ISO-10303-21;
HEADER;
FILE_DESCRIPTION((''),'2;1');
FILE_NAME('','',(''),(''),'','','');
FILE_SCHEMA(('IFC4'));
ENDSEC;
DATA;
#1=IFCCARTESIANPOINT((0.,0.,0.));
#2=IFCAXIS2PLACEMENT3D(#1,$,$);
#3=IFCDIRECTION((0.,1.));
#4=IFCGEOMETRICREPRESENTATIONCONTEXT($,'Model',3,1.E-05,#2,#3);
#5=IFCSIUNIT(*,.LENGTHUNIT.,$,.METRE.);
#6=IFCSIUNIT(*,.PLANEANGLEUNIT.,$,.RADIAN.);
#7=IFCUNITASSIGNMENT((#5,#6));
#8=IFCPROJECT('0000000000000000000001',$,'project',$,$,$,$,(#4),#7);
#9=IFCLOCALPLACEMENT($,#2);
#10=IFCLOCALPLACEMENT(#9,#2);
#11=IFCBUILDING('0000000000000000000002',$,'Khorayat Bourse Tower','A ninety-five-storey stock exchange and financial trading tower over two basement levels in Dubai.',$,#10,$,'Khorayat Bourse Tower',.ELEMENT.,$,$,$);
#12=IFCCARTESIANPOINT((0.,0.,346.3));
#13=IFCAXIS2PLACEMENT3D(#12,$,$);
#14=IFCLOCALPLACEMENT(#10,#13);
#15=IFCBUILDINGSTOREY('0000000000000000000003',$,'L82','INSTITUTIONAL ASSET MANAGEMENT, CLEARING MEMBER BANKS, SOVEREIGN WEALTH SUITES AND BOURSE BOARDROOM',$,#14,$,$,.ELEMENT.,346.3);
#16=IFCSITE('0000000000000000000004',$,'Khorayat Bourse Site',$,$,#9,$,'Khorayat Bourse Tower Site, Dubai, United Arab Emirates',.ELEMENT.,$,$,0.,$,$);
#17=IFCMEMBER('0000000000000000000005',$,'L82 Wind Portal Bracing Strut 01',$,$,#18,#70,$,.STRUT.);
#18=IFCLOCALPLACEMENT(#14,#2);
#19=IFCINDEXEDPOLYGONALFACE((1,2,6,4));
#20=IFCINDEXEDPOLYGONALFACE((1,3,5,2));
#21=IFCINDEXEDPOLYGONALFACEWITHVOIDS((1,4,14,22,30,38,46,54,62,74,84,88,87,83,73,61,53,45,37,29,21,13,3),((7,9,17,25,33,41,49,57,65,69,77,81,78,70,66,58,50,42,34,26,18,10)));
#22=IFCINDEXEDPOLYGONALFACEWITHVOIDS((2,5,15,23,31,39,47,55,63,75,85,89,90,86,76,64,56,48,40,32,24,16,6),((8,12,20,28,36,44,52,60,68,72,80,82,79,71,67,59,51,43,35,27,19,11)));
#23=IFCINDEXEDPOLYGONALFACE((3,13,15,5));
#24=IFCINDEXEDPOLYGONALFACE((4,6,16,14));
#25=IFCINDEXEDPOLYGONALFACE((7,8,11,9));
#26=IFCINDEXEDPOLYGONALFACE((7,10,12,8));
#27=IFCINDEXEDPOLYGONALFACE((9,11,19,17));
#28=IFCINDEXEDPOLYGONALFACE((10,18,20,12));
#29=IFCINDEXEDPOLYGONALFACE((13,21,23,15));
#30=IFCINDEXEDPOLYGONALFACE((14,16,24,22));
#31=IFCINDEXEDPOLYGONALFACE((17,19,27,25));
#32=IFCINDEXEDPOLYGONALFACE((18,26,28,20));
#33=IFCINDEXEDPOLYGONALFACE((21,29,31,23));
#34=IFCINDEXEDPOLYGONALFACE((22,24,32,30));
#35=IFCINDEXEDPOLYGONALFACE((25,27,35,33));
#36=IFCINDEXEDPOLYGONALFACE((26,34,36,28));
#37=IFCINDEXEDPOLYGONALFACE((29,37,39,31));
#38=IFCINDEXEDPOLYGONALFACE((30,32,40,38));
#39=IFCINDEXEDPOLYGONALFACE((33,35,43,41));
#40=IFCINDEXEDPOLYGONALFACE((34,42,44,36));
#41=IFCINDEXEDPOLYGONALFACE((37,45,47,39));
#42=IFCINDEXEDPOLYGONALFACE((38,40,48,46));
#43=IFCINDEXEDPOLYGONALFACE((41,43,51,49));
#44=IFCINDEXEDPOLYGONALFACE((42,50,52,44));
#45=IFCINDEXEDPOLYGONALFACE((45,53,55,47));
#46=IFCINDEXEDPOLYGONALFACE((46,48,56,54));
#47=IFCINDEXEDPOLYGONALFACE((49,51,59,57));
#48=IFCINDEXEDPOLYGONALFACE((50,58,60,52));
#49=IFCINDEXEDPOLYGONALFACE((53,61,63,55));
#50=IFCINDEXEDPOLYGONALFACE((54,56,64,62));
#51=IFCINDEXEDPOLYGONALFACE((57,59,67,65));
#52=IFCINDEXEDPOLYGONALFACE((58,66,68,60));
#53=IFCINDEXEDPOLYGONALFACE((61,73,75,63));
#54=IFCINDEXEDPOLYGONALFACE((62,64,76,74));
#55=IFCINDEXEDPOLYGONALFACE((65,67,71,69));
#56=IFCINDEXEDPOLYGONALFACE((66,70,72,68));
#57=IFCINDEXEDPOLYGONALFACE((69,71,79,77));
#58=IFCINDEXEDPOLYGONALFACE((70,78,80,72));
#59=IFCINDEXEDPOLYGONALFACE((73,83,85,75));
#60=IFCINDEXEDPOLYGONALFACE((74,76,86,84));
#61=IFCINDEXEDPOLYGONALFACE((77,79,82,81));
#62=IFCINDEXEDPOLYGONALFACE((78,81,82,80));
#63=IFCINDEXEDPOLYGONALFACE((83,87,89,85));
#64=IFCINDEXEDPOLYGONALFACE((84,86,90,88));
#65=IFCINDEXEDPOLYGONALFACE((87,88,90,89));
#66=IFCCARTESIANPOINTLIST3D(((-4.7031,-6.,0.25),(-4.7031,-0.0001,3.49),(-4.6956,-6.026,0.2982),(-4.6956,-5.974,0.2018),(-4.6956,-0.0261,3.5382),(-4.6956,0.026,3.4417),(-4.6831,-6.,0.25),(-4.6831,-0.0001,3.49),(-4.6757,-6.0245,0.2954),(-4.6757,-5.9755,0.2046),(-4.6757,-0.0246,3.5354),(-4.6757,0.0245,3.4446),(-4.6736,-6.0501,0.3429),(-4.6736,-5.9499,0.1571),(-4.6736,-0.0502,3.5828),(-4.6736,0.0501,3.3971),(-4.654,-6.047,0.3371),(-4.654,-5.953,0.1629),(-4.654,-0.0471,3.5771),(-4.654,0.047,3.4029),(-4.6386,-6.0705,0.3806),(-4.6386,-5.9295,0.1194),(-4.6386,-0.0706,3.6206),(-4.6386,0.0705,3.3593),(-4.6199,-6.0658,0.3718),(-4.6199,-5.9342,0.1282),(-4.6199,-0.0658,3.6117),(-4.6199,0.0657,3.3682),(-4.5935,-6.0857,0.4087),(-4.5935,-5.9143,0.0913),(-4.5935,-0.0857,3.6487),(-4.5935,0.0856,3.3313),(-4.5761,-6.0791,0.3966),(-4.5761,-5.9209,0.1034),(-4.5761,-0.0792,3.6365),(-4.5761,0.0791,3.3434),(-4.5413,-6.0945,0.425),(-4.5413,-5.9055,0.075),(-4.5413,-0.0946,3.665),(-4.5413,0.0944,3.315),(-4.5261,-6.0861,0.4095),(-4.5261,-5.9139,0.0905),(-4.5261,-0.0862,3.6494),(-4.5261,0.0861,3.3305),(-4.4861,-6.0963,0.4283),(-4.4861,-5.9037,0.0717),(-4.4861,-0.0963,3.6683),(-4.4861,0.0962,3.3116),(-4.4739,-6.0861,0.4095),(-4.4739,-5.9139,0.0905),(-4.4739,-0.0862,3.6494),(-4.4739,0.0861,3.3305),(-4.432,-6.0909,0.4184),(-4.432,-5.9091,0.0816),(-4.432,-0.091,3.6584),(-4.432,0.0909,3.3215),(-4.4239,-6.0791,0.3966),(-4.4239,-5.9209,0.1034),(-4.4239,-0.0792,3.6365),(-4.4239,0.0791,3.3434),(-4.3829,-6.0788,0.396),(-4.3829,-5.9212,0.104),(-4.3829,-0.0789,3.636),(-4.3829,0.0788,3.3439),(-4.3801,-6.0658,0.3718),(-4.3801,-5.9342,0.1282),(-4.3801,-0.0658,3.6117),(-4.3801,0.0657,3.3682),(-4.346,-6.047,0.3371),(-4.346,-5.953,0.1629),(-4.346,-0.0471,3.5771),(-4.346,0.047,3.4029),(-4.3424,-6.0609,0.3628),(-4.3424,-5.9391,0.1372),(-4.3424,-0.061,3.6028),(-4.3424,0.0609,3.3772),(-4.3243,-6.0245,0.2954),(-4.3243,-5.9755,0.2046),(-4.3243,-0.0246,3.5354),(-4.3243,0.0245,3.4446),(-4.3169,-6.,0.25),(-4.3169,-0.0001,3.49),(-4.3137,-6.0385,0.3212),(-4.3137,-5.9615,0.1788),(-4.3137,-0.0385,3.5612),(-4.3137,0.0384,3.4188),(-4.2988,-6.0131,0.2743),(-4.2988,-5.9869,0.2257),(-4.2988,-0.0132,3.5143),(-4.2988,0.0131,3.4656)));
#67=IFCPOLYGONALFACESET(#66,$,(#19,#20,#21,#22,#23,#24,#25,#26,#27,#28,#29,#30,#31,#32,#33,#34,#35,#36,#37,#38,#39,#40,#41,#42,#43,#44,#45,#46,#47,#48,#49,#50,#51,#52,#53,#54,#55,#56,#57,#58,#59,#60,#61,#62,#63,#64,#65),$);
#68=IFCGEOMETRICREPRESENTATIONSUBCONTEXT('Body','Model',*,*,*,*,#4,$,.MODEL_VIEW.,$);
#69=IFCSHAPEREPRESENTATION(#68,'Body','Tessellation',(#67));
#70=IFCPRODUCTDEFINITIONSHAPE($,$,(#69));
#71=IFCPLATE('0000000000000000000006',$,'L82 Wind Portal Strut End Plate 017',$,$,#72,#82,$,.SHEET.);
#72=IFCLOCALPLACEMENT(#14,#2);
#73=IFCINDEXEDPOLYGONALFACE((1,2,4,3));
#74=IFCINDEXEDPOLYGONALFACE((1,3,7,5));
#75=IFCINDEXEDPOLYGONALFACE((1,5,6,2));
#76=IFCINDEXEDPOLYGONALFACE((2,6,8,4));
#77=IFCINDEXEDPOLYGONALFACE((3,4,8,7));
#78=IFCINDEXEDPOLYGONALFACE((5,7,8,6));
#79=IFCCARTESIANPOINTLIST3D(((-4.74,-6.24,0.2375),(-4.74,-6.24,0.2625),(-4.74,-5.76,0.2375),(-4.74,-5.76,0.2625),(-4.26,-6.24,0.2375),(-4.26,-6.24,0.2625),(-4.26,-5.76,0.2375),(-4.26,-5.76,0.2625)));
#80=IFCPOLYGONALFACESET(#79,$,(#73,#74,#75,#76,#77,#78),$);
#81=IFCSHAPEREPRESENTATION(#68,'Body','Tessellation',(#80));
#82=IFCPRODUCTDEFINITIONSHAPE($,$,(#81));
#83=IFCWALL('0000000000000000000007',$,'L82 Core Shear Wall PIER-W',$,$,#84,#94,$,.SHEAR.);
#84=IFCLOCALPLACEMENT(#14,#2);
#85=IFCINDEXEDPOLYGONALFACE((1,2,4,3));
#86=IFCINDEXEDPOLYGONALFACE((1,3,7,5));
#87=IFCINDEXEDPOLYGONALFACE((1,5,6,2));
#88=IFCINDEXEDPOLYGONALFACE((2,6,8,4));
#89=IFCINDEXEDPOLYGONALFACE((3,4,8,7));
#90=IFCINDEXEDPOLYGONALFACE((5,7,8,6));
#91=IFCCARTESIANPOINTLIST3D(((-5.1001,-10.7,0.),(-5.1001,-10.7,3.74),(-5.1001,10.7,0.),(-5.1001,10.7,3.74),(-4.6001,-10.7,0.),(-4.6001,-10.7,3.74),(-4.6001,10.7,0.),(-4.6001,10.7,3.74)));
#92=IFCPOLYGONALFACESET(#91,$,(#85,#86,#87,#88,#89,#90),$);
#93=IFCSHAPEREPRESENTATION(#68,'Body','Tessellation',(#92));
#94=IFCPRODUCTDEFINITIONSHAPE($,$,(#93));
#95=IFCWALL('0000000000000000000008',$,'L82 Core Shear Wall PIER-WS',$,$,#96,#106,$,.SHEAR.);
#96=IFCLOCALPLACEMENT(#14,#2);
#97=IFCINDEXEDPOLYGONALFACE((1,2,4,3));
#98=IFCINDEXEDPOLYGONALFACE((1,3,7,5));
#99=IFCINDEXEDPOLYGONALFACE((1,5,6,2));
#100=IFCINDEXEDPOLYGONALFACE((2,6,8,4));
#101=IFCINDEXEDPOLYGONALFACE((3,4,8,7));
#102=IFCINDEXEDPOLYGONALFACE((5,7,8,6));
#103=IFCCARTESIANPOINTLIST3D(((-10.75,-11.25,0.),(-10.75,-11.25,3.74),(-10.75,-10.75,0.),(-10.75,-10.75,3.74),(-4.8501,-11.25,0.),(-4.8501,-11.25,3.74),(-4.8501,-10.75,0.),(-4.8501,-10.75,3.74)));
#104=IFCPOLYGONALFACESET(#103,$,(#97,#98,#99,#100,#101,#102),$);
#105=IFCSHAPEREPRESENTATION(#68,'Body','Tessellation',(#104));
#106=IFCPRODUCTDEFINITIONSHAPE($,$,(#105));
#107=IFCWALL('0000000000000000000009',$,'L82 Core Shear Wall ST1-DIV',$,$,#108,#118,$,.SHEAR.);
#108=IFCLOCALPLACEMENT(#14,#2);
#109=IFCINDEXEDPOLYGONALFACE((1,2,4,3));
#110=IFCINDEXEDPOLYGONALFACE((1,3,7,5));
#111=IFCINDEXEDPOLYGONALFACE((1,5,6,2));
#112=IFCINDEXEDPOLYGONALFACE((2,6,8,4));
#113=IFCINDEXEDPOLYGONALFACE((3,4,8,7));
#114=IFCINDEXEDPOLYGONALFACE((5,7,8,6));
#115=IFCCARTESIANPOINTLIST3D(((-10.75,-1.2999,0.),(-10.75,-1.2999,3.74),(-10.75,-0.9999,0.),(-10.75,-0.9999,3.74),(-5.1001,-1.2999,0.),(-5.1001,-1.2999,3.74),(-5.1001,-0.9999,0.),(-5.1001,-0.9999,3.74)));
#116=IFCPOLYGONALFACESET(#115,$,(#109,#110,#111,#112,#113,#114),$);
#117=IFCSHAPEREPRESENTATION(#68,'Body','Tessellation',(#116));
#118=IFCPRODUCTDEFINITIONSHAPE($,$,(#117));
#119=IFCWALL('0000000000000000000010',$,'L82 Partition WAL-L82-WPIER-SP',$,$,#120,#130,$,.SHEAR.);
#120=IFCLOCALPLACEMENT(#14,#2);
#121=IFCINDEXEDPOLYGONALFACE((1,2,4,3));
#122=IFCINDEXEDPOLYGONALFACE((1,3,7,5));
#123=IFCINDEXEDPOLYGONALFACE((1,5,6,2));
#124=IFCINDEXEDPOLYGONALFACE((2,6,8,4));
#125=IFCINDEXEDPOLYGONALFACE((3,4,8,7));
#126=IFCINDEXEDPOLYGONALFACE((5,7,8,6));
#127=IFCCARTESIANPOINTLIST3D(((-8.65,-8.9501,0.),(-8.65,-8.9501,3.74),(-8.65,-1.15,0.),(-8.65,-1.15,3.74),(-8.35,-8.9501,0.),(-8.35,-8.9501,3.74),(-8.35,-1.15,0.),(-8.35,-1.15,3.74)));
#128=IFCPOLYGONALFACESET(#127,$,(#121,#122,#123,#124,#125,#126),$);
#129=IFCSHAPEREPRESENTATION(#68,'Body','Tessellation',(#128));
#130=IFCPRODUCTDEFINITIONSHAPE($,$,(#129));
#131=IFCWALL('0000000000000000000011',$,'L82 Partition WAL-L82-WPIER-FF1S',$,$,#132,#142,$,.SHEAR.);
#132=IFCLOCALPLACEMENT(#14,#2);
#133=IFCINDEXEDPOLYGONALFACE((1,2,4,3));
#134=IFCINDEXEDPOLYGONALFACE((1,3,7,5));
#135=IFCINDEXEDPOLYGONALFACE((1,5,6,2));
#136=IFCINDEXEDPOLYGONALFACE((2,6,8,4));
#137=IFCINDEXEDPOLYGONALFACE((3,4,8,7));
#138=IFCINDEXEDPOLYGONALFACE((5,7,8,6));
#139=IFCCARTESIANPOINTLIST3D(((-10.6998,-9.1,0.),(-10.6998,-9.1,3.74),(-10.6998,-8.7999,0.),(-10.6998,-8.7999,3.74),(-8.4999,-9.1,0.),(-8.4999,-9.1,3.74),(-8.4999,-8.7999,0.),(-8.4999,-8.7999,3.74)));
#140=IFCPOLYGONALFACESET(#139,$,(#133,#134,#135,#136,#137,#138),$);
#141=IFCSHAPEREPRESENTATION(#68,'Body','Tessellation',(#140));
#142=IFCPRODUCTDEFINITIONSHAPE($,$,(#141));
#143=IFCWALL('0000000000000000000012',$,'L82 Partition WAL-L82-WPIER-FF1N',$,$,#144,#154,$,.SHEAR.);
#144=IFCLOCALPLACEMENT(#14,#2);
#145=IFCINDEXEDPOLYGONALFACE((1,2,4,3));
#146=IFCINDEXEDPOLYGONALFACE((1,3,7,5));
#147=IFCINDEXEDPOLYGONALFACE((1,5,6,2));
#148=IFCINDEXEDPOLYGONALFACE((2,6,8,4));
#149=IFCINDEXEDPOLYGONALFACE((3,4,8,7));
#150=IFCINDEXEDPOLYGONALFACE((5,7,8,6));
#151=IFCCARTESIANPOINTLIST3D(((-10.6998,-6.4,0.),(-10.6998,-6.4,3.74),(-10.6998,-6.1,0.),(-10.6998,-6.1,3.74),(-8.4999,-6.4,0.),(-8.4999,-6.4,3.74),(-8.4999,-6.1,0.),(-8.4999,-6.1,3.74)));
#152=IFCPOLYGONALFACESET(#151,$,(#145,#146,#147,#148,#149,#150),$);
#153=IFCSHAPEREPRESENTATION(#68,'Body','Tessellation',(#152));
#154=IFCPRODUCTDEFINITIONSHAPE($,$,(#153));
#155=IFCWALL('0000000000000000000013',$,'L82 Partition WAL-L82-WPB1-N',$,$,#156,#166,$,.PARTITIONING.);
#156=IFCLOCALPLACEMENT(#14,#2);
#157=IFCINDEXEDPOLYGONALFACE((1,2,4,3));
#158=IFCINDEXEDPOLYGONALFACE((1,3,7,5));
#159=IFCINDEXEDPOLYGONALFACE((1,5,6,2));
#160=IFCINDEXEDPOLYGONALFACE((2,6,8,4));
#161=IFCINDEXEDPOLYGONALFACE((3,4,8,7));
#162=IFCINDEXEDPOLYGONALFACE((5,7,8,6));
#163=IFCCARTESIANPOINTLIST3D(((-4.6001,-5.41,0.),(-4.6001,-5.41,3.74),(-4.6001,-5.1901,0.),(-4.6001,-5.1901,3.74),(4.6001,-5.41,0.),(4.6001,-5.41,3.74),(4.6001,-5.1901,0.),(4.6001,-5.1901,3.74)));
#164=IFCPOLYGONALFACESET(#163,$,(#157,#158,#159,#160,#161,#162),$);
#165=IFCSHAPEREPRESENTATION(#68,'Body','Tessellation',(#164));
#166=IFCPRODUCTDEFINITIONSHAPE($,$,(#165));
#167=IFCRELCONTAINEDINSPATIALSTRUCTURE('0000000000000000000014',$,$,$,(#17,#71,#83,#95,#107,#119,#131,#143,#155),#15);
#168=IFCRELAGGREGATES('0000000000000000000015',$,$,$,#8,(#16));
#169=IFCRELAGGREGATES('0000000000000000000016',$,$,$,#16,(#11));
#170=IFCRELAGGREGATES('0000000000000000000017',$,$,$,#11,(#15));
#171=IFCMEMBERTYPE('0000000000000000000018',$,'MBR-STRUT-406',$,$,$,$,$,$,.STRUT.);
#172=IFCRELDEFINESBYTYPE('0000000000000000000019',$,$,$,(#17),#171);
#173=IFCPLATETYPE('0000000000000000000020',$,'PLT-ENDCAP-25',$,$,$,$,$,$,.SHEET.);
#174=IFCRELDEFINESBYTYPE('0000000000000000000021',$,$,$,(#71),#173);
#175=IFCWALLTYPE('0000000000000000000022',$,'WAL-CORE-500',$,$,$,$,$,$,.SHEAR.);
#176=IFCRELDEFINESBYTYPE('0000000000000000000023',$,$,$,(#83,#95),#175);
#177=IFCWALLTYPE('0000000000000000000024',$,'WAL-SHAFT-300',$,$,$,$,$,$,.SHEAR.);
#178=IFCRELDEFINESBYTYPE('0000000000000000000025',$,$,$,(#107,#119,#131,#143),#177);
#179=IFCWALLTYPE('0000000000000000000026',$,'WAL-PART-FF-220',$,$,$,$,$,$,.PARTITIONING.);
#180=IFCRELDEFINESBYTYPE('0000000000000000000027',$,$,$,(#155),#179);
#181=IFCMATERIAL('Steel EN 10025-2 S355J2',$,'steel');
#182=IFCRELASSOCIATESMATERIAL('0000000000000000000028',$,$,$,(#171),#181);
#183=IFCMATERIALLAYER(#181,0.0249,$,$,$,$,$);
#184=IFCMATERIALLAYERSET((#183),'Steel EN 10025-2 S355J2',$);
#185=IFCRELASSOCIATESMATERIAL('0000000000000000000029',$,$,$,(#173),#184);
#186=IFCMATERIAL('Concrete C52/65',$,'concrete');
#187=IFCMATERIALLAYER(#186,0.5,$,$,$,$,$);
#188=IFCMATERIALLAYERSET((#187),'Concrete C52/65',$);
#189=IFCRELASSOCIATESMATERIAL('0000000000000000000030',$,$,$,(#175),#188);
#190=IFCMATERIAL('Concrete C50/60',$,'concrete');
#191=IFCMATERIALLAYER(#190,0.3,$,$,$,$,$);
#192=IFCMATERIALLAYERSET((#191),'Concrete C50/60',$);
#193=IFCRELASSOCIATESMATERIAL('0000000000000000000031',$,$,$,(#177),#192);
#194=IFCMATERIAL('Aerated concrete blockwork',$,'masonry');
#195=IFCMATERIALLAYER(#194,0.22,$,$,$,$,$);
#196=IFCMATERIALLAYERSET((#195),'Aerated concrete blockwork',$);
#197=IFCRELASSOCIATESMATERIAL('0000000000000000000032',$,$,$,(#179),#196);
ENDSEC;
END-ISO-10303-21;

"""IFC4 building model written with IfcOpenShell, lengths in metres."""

from ifc_helpers import new_model, si_unit, direction, frame, frame_2d, origin, origin_2d, place, context, subcontext, project, spatial, rectangle, hollow_circle, extrude, source, transform, mapped, material, layer, layer_set, material_profile, profile_set, type_object, element, save


model = new_model("IFC4")

# Units and contexts
model_context = context("Model", 3, precision=1e-05, world=origin(), true_north=direction((0.0, 1.0)))
body_context = subcontext(model_context, "Body", "Model", "MODEL_VIEW")
ifc_project = project(units=[si_unit("LENGTHUNIT", "METRE"), si_unit("PLANEANGLEUNIT", "RADIAN")], contexts=[model_context])

# Site, building, storey
site_placement = place(None, origin())
site = spatial("IfcSite", under=ifc_project, at=site_placement, Name="Khorayat Bourse Site", LongName="Khorayat Bourse Tower Site, Dubai, United Arab Emirates", CompositionType="ELEMENT", RefElevation=0.0)
building_placement = place(site_placement, origin())
building = spatial("IfcBuilding", under=site, at=building_placement, Name="Khorayat Bourse Tower", Description="A ninety-five-storey stock exchange and financial trading tower over two basement levels in Dubai.", LongName="Khorayat Bourse Tower", CompositionType="ELEMENT")
storey_placement = place(building_placement, frame((0.0, 0.0, 346.3)))
storey = spatial("IfcBuildingStorey", under=building, at=storey_placement, Name="L82", Description="INSTITUTIONAL ASSET MANAGEMENT, CLEARING MEMBER BANKS, SOVEREIGN WEALTH SUITES AND BOURSE BOARDROOM", CompositionType="ELEMENT", Elevation=346.3)

# Shared definitions
ifc_material_1 = material(Name="Concrete C52/65", Category="concrete")

# Member
ifc_material_2 = material(Name="Steel EN 10025-2 S355J2", Category="steel")
ifc_material_profile_1 = material_profile(ifc_material_2, hollow_circle(Radius=0.2031, WallThickness=0.02, at=origin_2d()), Name="CHS 406x20")
ifc_profile_set_1 = profile_set([ifc_material_profile_1], Name="Steel EN 10025-2 S355J2")
member_type = type_object("IfcMemberType", Name="MBR-STRUT-406", PredefinedType="STRUT", material=ifc_profile_set_1)
shared_shape_1 = source(origin(), body_context, "Body", "SweptSolid", [
    extrude(hollow_circle(Radius=0.2031, WallThickness=0.02, at=origin_2d()), origin(), (0.0, 0.0, 1.0), 6.8188),
])
member_placement = place(storey_placement, frame((-4.5, -6.0, 0.25), z_axis=(0.0, 0.879906, 0.475148), x_axis=(-1.0, 0.0, 0.0)))
element("IfcMember", 1, at=member_placement, inside=storey, type_object=member_type, Name="L82 Wind Portal Bracing Strut 01", PredefinedType="STRUT", context=body_context, shape_type="MappedRepresentation", body=[
    mapped(shared_shape_1, transform((0.0, 0.0, 0.0), scale=1.0)),
])

# Plate
ifc_layer_1 = layer(ifc_material_2, 0.0249)
ifc_layer_set_1 = layer_set([ifc_layer_1], Name="Steel EN 10025-2 S355J2")
plate_type = type_object("IfcPlateType", Name="PLT-ENDCAP-25", PredefinedType="SHEET", material=ifc_layer_set_1)
shared_shape_2 = source(origin(), body_context, "Body", "SweptSolid", [
    extrude(rectangle(XDim=0.48, YDim=0.48, at=origin_2d()), origin(), (0.0, 0.0, 1.0), 0.0249),
])
plate_placement = place(storey_placement, frame((-4.5, -6.0, 0.2375), z_axis=(0.0, 0.0, 1.0), x_axis=(1.0, 0.0, 0.0)))
element("IfcPlate", 2, at=plate_placement, inside=storey, type_object=plate_type, Name="L82 Wind Portal Strut End Plate 017", PredefinedType="SHEET", context=body_context, shape_type="MappedRepresentation", body=[
    mapped(shared_shape_2, transform((0.0, 0.0, 0.0), scale=1.0)),
])

# Walls
ifc_layer_2 = layer(ifc_material_1, 0.5)
ifc_layer_set_2 = layer_set([ifc_layer_2], Name="Concrete C52/65")
wall_type_1 = type_object("IfcWallType", Name="WAL-CORE-500", PredefinedType="SHEAR", material=ifc_layer_set_2)
shared_shape_3 = source(origin(), body_context, "Body", "SweptSolid", [
    extrude(rectangle(XDim=21.3999, YDim=0.5, at=frame_2d((10.7, 0.0))), origin(), (0.0, 0.0, 1.0), 3.74),
])
wall_1_placement = place(storey_placement, frame((-4.8501, -10.7, 0.0), z_axis=(0.0, 0.0, 1.0), x_axis=(0.0, 1.0, 0.0)))
element("IfcWall", 3, at=wall_1_placement, inside=storey, type_object=wall_type_1, Name="L82 Core Shear Wall PIER-W", PredefinedType="SHEAR", context=body_context, shape_type="MappedRepresentation", body=[
    mapped(shared_shape_3, transform((0.0, 0.0, 0.0), scale=1.0)),
])
shared_shape_4 = source(origin(), body_context, "Body", "SweptSolid", [
    extrude(rectangle(XDim=5.8999, YDim=0.5, at=frame_2d((2.95, 0.0))), origin(), (0.0, 0.0, 1.0), 3.74),
])
wall_2_placement = place(storey_placement, frame((-10.75, -11.0, 0.0), z_axis=(0.0, 0.0, 1.0), x_axis=(1.0, 0.0, 0.0)))
element("IfcWall", 4, at=wall_2_placement, inside=storey, type_object=wall_type_1, Name="L82 Core Shear Wall PIER-WS", PredefinedType="SHEAR", context=body_context, shape_type="MappedRepresentation", body=[
    mapped(shared_shape_4, transform((0.0, 0.0, 0.0), scale=1.0)),
])
ifc_material_3 = material(Name="Concrete C50/60", Category="concrete")
ifc_layer_3 = layer(ifc_material_3, 0.3)
ifc_layer_set_3 = layer_set([ifc_layer_3], Name="Concrete C50/60")
wall_type_2 = type_object("IfcWallType", Name="WAL-SHAFT-300", PredefinedType="SHEAR", material=ifc_layer_set_3)
shared_shape_5 = source(origin(), body_context, "Body", "SweptSolid", [
    extrude(rectangle(XDim=5.6499, YDim=0.3, at=frame_2d((2.825, 0.0))), origin(), (0.0, 0.0, 1.0), 3.74),
])
wall_3_placement = place(storey_placement, frame((-10.75, -1.1499, 0.0), z_axis=(0.0, 0.0, 1.0), x_axis=(1.0, 0.0, 0.0)))
element("IfcWall", 5, at=wall_3_placement, inside=storey, type_object=wall_type_2, Name="L82 Core Shear Wall ST1-DIV", PredefinedType="SHEAR", context=body_context, shape_type="MappedRepresentation", body=[
    mapped(shared_shape_5, transform((0.0, 0.0, 0.0), scale=1.0)),
])
shared_shape_6 = source(origin(), body_context, "Body", "SweptSolid", [
    extrude(rectangle(XDim=7.8, YDim=0.3, at=frame_2d((3.8999, 0.0))), origin(), (0.0, 0.0, 1.0), 3.74),
])
wall_4_placement = place(storey_placement, frame((-8.5, -8.95, 0.0), z_axis=(0.0, 0.0, 1.0), x_axis=(0.0, 1.0, 0.0)))
element("IfcWall", 6, at=wall_4_placement, inside=storey, type_object=wall_type_2, Name="L82 Partition WAL-L82-WPIER-SP", PredefinedType="SHEAR", context=body_context, shape_type="MappedRepresentation", body=[
    mapped(shared_shape_6, transform((0.0, 0.0, 0.0), scale=1.0)),
])
shared_shape_7 = source(origin(), body_context, "Body", "SweptSolid", [
    extrude(rectangle(XDim=2.2, YDim=0.3, at=frame_2d((1.1001, 0.0))), origin(), (0.0, 0.0, 1.0), 3.74),
])
for number, where, z_axis, x_axis, name in (
    (7, (-10.7, -8.95, 0.0), (0.0, 0.0, 1.0), (1.0, 0.0, 0.0), "L82 Partition WAL-L82-WPIER-FF1S"),
    (8, (-10.7, -6.25, 0.0), (0.0, 0.0, 1.0), (1.0, 0.0, 0.0), "L82 Partition WAL-L82-WPIER-FF1N"),
):
    element("IfcWall", number, at=place(storey_placement, frame(where, z_axis=z_axis, x_axis=x_axis)), inside=storey, type_object=wall_type_2, Name=name, PredefinedType="SHEAR", context=body_context, shape_type="MappedRepresentation", body=[
        mapped(shared_shape_7, transform((0.0, 0.0, 0.0), scale=1.0)),
    ])

# Shared definitions
ifc_material_4 = material(Name="Aerated concrete blockwork", Category="masonry")
ifc_layer_4 = layer(ifc_material_4, 0.22)
ifc_layer_set_4 = layer_set([ifc_layer_4], Name="Aerated concrete blockwork")
wall_type_3 = type_object("IfcWallType", Name="WAL-PART-FF-220", PredefinedType="PARTITIONING", material=ifc_layer_set_4)
shared_shape_8 = source(origin(), body_context, "Body", "SweptSolid", [
    extrude(rectangle(XDim=9.2002, YDim=0.22, at=frame_2d((4.6001, 0.0))), origin(), (0.0, 0.0, 1.0), 3.74),
])

# Wall
wall_5_placement = place(storey_placement, frame((-4.6001, -5.3, 0.0), z_axis=(0.0, 0.0, 1.0), x_axis=(1.0, 0.0, 0.0)))
element("IfcWall", 9, at=wall_5_placement, inside=storey, type_object=wall_type_3, Name="L82 Partition WAL-L82-WPB1-N", PredefinedType="PARTITIONING", context=body_context, shape_type="MappedRepresentation", body=[
    mapped(shared_shape_8, transform((0.0, 0.0, 0.0), scale=1.0)),
])

save(model, "model.ifc")
